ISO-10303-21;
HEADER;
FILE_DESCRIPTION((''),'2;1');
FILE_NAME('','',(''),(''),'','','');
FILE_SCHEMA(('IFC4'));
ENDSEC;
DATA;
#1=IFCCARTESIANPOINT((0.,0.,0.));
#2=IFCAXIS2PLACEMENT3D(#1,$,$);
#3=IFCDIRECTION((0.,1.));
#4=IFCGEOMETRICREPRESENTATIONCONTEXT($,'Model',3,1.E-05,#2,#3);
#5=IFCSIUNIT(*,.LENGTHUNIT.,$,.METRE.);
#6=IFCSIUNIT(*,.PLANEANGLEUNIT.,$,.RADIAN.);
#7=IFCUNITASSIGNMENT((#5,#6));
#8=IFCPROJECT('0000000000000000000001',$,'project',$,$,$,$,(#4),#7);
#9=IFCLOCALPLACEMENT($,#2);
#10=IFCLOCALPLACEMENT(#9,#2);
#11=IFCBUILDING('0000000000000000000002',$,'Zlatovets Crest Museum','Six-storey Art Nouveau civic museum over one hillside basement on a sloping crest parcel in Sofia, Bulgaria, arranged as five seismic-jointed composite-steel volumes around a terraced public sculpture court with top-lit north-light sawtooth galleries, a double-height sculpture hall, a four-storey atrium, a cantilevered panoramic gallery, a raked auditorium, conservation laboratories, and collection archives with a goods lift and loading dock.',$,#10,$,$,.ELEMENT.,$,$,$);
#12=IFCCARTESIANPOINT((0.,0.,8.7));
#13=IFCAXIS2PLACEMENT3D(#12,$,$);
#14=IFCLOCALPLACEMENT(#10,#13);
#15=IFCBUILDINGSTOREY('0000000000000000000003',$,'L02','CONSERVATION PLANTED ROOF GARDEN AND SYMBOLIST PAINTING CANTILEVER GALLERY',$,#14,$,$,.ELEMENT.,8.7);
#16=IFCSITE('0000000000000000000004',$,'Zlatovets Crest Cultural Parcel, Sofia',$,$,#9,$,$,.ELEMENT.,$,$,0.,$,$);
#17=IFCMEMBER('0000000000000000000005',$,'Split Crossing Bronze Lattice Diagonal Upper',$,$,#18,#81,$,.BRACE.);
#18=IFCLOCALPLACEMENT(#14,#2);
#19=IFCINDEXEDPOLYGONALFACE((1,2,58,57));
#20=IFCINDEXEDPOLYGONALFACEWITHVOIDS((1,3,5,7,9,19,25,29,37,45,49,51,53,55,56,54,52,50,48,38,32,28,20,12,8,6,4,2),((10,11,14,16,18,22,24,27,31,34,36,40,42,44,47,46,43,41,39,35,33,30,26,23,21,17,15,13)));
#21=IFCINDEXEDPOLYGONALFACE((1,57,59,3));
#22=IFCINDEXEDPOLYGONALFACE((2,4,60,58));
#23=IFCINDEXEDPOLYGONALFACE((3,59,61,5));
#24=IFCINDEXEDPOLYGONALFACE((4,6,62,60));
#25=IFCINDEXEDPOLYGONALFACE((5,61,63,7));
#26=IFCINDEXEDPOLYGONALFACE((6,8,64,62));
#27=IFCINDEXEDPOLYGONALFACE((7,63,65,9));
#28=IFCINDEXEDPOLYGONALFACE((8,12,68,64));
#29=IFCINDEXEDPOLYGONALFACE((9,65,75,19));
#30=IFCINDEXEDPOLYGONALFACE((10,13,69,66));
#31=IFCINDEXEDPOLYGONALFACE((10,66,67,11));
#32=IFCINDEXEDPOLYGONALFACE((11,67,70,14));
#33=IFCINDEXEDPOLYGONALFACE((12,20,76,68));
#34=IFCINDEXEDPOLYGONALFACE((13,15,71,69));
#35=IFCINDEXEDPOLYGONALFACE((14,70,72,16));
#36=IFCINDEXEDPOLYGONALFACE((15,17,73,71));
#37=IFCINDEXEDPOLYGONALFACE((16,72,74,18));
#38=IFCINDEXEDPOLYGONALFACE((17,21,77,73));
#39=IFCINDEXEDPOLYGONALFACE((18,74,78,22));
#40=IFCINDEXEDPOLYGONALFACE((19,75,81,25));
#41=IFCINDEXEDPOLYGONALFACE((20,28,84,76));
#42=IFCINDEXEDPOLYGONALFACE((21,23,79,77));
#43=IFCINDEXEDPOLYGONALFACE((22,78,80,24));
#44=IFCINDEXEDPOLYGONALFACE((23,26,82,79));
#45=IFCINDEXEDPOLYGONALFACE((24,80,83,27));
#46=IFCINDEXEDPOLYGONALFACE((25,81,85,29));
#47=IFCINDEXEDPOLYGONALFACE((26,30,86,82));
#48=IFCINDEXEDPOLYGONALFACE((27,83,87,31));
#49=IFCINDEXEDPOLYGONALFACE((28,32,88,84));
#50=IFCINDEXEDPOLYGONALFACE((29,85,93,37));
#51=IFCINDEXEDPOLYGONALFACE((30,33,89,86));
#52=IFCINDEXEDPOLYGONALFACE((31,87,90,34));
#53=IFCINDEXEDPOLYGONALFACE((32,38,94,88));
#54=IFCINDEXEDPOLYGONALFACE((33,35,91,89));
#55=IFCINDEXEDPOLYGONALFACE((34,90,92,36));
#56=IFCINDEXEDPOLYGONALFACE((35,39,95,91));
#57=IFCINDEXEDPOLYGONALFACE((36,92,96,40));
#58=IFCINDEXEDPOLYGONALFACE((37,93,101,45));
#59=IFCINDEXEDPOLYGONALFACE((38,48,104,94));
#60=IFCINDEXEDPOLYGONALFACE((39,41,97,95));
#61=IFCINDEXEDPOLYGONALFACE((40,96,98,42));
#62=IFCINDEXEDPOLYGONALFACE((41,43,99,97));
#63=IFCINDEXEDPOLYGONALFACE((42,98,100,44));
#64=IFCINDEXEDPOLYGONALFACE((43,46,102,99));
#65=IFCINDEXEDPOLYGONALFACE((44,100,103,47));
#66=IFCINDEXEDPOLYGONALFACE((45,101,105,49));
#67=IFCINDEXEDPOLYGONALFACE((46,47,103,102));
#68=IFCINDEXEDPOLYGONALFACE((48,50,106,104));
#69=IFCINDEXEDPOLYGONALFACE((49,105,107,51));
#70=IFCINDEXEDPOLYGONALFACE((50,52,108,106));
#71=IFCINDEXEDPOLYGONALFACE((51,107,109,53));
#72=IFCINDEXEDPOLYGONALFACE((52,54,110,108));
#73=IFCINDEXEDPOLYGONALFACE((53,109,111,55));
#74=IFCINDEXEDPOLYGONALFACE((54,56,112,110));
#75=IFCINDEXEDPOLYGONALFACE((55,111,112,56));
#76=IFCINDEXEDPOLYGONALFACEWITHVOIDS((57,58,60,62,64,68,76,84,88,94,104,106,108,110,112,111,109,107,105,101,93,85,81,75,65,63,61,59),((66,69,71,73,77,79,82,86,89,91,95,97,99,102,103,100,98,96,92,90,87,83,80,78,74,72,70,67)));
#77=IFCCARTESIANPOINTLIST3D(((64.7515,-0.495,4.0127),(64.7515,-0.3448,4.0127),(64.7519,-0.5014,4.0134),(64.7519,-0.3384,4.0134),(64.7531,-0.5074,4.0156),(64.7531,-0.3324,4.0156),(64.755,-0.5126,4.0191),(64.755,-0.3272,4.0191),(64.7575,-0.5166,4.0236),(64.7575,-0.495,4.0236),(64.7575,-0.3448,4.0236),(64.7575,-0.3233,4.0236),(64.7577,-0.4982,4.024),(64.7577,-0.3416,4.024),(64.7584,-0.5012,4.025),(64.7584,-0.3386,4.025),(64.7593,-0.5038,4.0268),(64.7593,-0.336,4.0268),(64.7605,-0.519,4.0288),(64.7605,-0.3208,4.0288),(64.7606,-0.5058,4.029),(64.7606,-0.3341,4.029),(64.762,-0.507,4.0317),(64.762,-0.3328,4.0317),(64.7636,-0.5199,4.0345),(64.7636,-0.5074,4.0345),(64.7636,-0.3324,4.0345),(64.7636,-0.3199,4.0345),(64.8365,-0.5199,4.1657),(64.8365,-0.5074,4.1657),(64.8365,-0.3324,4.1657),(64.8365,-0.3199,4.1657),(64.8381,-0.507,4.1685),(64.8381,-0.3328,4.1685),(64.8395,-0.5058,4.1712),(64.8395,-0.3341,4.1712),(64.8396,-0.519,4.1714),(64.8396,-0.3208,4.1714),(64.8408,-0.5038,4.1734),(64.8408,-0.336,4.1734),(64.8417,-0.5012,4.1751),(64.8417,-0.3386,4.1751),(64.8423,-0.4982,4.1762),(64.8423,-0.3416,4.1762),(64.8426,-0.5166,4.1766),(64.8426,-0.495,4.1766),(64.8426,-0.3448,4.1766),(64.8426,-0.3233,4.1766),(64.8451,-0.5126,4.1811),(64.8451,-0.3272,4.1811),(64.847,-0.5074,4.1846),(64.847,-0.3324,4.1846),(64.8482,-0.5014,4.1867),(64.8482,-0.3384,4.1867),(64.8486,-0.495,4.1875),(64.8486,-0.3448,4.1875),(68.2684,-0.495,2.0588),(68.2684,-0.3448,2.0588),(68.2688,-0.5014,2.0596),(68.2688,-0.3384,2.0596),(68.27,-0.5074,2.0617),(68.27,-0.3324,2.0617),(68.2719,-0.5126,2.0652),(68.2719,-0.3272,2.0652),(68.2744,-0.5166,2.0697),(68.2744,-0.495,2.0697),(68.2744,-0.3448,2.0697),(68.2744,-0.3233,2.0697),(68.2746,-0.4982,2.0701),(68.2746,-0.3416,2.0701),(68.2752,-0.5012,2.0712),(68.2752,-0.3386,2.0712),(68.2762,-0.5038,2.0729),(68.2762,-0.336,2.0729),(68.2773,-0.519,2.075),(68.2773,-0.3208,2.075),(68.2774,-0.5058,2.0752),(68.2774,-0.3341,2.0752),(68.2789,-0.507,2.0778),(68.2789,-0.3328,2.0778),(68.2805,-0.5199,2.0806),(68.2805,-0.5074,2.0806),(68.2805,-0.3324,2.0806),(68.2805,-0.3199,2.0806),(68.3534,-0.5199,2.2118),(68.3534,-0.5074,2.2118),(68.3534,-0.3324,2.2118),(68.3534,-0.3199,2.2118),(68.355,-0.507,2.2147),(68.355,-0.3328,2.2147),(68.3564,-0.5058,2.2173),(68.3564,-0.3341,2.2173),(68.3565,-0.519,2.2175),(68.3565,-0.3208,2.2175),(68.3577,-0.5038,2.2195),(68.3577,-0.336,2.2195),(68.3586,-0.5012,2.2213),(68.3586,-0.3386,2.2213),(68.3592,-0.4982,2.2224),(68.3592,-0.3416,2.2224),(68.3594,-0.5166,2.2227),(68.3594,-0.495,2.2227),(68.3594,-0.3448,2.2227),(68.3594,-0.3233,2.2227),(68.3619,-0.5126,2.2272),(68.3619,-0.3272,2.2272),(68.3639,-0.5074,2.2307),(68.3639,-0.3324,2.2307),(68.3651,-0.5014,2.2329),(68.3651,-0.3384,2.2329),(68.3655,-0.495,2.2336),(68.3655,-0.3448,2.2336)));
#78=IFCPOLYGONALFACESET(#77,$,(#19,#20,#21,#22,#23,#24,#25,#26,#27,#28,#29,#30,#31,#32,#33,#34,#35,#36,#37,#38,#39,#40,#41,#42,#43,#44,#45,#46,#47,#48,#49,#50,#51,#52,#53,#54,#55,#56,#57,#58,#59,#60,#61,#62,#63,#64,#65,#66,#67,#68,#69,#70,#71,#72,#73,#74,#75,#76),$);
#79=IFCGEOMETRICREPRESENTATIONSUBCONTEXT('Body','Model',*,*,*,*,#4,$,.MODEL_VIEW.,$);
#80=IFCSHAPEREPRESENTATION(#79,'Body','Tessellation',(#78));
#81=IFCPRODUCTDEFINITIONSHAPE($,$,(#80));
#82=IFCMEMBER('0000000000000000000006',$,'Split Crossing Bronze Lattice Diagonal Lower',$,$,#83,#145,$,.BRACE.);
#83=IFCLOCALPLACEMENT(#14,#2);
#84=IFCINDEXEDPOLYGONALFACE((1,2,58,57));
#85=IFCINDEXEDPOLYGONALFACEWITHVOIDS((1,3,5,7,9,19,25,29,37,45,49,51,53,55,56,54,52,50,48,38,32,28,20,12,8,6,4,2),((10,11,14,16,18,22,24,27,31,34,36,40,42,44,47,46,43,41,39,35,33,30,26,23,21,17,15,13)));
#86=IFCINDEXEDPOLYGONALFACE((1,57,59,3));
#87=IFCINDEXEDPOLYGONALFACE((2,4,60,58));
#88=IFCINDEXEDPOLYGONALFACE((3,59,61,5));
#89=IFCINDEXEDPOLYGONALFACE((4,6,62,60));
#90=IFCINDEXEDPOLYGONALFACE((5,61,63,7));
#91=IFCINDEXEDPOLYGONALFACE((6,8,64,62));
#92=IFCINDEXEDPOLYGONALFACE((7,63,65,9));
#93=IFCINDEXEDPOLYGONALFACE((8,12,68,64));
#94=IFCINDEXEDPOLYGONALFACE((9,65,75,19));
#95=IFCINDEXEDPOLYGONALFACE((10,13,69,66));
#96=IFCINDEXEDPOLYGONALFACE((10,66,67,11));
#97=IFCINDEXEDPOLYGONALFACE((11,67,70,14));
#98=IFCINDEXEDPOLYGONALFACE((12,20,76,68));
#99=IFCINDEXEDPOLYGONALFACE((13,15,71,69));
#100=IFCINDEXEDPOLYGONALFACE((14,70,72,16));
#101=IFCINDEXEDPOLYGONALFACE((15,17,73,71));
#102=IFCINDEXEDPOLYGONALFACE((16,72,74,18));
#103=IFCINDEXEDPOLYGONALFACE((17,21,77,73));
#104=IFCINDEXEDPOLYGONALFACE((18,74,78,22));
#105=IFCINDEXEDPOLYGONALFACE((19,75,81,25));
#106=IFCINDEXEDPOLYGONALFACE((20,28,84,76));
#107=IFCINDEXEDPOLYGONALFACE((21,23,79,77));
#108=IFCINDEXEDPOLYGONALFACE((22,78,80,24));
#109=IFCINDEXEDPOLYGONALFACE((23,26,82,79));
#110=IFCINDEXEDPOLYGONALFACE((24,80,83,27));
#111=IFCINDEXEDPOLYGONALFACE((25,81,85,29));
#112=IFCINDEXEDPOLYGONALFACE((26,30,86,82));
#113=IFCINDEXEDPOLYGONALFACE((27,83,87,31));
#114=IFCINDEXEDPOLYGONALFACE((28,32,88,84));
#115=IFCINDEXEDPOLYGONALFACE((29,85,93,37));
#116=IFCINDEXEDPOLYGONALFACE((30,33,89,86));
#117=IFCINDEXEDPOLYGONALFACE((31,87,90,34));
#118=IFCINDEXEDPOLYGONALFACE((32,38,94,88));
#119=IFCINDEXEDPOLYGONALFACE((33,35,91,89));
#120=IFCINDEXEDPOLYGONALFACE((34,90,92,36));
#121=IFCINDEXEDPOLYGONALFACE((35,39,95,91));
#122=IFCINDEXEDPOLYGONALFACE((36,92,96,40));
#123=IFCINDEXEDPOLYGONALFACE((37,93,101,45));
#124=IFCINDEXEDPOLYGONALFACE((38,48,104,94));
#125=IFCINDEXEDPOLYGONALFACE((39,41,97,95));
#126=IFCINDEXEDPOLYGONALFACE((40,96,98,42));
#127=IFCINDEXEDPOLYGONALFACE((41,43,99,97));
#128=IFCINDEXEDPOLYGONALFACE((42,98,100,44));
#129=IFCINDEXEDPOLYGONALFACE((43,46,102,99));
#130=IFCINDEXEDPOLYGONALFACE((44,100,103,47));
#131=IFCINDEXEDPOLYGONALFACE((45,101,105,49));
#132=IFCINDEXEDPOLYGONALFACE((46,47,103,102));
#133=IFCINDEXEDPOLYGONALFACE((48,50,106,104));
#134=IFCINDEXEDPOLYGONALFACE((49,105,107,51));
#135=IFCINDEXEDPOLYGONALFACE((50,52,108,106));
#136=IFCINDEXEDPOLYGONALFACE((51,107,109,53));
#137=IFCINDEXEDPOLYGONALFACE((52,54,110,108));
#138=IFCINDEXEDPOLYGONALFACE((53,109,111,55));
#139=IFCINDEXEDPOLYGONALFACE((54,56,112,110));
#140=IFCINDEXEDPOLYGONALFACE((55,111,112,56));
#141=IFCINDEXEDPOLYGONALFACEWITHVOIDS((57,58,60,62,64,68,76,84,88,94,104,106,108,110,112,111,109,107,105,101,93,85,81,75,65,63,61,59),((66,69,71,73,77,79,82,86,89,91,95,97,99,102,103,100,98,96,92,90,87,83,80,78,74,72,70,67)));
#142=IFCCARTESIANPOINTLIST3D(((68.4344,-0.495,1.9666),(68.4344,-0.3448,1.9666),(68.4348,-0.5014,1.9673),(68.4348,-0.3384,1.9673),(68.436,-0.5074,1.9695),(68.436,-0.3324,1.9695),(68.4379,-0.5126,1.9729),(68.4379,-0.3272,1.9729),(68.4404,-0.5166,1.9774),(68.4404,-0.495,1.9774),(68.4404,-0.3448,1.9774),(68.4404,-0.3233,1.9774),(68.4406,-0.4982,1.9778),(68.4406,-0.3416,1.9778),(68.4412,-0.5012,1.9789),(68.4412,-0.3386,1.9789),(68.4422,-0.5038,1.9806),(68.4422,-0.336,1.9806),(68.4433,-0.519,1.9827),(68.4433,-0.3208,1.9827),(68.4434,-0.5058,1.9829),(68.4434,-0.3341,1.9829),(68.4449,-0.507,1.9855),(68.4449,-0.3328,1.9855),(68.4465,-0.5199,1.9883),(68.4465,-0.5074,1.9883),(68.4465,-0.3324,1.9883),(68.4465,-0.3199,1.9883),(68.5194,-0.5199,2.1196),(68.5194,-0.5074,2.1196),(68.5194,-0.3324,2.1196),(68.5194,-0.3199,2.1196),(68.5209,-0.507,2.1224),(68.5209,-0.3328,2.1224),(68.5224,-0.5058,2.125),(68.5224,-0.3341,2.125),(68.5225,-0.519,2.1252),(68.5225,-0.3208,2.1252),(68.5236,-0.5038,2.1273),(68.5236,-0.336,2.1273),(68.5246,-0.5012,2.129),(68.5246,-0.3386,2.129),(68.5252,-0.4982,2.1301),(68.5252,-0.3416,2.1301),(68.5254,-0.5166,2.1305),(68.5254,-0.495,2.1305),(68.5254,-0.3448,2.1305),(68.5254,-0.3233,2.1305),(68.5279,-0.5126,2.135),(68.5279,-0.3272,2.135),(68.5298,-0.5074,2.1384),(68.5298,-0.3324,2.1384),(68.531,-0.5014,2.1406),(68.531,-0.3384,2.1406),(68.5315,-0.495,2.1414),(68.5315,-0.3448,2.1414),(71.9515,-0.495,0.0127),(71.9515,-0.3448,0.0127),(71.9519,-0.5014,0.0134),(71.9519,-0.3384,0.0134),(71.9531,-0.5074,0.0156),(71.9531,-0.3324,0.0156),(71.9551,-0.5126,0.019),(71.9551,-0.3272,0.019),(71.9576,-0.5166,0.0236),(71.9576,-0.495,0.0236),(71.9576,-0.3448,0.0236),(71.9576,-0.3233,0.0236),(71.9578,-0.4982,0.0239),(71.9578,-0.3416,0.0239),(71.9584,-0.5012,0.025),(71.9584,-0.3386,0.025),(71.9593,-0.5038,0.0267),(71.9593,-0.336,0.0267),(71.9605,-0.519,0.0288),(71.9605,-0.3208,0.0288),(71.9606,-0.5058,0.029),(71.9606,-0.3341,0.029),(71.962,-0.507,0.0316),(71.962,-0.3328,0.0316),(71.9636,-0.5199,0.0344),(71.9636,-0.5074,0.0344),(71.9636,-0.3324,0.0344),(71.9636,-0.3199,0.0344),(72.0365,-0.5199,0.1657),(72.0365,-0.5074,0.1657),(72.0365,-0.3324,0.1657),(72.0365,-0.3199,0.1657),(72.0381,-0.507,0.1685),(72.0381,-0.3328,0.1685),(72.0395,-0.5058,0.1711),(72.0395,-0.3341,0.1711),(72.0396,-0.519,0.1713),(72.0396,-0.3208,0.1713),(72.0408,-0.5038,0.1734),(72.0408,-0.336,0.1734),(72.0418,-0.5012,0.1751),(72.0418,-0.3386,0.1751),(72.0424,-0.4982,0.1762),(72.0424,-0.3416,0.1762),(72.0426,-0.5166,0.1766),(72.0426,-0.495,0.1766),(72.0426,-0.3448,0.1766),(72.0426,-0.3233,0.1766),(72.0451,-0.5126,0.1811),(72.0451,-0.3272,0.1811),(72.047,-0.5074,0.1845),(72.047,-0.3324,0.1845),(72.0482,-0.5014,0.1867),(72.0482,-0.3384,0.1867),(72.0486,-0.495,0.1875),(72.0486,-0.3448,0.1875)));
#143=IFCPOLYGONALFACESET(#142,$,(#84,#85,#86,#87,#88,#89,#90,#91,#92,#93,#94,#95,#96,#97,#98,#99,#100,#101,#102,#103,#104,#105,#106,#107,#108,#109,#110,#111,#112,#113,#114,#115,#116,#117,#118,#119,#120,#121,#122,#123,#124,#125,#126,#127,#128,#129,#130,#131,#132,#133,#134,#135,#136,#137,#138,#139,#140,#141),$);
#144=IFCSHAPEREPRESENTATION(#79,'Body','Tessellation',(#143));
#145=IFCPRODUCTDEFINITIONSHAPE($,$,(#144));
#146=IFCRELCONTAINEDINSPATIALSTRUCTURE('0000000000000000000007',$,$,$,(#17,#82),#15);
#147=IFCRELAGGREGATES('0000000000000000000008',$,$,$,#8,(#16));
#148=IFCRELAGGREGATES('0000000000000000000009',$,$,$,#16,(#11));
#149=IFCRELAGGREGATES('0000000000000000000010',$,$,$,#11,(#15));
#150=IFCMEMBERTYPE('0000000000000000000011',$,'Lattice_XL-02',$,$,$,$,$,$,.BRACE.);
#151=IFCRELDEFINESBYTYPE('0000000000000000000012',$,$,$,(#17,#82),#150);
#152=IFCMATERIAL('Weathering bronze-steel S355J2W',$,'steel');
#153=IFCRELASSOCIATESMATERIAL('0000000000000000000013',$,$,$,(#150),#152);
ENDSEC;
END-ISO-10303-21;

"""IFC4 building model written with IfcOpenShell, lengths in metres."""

from ifc_helpers import new_model, si_unit, direction, frame, origin, origin_2d, place, context, subcontext, project, spatial, hollow_rectangle, extrude, material, material_profile, profile_set, type_object, element, save


model = new_model("IFC4")

# Units and contexts
model_context = context("Model", 3, precision=1e-05, world=origin(), true_north=direction((0.0, 1.0)))
body_context = subcontext(model_context, "Body", "Model", "MODEL_VIEW")
ifc_project = project(units=[si_unit("LENGTHUNIT", "METRE"), si_unit("PLANEANGLEUNIT", "RADIAN")], contexts=[model_context])

# Site, building, storey
site_placement = place(None, origin())
site = spatial("IfcSite", under=ifc_project, at=site_placement, Name="Zlatovets Crest Cultural Parcel, Sofia", CompositionType="ELEMENT", RefElevation=0.0)
building_placement = place(site_placement, origin())
building = spatial("IfcBuilding", under=site, at=building_placement, Name="Zlatovets Crest Museum", Description="Six-storey Art Nouveau civic museum over one hillside basement on a sloping crest parcel in Sofia, Bulgaria, arranged as five seismic-jointed composite-steel volumes around a terraced public sculpture court with top-lit north-light sawtooth galleries, a double-height sculpture hall, a four-storey atrium, a cantilevered panoramic gallery, a raked auditorium, conservation laboratories, and collection archives with a goods lift and loading dock.", CompositionType="ELEMENT")
storey_placement = place(building_placement, frame((0.0, 0.0, 8.7)))
storey = spatial("IfcBuildingStorey", under=building, at=storey_placement, Name="L02", Description="CONSERVATION PLANTED ROOF GARDEN AND SYMBOLIST PAINTING CANTILEVER GALLERY", CompositionType="ELEMENT", Elevation=8.7)

# Members
ifc_material_1 = material(Name="Weathering bronze-steel S355J2W", Category="steel")
ifc_material_profile_1 = material_profile(ifc_material_1, hollow_rectangle(XDim=0.2, YDim=0.2, WallThickness=0.0125, InnerFilletRadius=0.0125, OuterFilletRadius=0.0249, at=origin_2d()), Name="SHS 200x200x12.5")
ifc_profile_set_1 = profile_set([ifc_material_profile_1], Name="Weathering bronze-steel S355J2W")
member_type_1 = type_object("IfcMemberType", Name="Lattice_XL-02", PredefinedType="BRACE", material=ifc_profile_set_1)
member_1_placement = place(storey_placement, frame((64.8, -0.4199, 4.1001), z_axis=(0.874152, 0.0, -0.485653), x_axis=(0.0, 1.0, 0.0)))
element("IfcMember", 1, at=member_1_placement, inside=storey, type_object=member_type_1, Name="Split Crossing Bronze Lattice Diagonal Upper", PredefinedType="BRACE", context=body_context, shape_type="SweptSolid", body=[
    extrude(hollow_rectangle(XDim=0.2, YDim=0.2, WallThickness=0.0125, InnerFilletRadius=0.0125, OuterFilletRadius=0.0249, at=origin_2d()), origin(), (0.0, 0.0, 1.0), 4.0232),
])
member_2_placement = place(storey_placement, frame((68.4829, -0.4199, 2.054), z_axis=(0.874166, 0.0, -0.485627), x_axis=(0.0, 1.0, 0.0)))
element("IfcMember", 2, at=member_2_placement, inside=storey, type_object=member_type_1, Name="Split Crossing Bronze Lattice Diagonal Lower", PredefinedType="BRACE", context=body_context, shape_type="SweptSolid", body=[
    extrude(hollow_rectangle(XDim=0.2, YDim=0.2, WallThickness=0.0125, InnerFilletRadius=0.0125, OuterFilletRadius=0.0249, at=origin_2d()), origin(), (0.0, 0.0, 1.0), 4.0234),
])

save(model, "model.ifc")
